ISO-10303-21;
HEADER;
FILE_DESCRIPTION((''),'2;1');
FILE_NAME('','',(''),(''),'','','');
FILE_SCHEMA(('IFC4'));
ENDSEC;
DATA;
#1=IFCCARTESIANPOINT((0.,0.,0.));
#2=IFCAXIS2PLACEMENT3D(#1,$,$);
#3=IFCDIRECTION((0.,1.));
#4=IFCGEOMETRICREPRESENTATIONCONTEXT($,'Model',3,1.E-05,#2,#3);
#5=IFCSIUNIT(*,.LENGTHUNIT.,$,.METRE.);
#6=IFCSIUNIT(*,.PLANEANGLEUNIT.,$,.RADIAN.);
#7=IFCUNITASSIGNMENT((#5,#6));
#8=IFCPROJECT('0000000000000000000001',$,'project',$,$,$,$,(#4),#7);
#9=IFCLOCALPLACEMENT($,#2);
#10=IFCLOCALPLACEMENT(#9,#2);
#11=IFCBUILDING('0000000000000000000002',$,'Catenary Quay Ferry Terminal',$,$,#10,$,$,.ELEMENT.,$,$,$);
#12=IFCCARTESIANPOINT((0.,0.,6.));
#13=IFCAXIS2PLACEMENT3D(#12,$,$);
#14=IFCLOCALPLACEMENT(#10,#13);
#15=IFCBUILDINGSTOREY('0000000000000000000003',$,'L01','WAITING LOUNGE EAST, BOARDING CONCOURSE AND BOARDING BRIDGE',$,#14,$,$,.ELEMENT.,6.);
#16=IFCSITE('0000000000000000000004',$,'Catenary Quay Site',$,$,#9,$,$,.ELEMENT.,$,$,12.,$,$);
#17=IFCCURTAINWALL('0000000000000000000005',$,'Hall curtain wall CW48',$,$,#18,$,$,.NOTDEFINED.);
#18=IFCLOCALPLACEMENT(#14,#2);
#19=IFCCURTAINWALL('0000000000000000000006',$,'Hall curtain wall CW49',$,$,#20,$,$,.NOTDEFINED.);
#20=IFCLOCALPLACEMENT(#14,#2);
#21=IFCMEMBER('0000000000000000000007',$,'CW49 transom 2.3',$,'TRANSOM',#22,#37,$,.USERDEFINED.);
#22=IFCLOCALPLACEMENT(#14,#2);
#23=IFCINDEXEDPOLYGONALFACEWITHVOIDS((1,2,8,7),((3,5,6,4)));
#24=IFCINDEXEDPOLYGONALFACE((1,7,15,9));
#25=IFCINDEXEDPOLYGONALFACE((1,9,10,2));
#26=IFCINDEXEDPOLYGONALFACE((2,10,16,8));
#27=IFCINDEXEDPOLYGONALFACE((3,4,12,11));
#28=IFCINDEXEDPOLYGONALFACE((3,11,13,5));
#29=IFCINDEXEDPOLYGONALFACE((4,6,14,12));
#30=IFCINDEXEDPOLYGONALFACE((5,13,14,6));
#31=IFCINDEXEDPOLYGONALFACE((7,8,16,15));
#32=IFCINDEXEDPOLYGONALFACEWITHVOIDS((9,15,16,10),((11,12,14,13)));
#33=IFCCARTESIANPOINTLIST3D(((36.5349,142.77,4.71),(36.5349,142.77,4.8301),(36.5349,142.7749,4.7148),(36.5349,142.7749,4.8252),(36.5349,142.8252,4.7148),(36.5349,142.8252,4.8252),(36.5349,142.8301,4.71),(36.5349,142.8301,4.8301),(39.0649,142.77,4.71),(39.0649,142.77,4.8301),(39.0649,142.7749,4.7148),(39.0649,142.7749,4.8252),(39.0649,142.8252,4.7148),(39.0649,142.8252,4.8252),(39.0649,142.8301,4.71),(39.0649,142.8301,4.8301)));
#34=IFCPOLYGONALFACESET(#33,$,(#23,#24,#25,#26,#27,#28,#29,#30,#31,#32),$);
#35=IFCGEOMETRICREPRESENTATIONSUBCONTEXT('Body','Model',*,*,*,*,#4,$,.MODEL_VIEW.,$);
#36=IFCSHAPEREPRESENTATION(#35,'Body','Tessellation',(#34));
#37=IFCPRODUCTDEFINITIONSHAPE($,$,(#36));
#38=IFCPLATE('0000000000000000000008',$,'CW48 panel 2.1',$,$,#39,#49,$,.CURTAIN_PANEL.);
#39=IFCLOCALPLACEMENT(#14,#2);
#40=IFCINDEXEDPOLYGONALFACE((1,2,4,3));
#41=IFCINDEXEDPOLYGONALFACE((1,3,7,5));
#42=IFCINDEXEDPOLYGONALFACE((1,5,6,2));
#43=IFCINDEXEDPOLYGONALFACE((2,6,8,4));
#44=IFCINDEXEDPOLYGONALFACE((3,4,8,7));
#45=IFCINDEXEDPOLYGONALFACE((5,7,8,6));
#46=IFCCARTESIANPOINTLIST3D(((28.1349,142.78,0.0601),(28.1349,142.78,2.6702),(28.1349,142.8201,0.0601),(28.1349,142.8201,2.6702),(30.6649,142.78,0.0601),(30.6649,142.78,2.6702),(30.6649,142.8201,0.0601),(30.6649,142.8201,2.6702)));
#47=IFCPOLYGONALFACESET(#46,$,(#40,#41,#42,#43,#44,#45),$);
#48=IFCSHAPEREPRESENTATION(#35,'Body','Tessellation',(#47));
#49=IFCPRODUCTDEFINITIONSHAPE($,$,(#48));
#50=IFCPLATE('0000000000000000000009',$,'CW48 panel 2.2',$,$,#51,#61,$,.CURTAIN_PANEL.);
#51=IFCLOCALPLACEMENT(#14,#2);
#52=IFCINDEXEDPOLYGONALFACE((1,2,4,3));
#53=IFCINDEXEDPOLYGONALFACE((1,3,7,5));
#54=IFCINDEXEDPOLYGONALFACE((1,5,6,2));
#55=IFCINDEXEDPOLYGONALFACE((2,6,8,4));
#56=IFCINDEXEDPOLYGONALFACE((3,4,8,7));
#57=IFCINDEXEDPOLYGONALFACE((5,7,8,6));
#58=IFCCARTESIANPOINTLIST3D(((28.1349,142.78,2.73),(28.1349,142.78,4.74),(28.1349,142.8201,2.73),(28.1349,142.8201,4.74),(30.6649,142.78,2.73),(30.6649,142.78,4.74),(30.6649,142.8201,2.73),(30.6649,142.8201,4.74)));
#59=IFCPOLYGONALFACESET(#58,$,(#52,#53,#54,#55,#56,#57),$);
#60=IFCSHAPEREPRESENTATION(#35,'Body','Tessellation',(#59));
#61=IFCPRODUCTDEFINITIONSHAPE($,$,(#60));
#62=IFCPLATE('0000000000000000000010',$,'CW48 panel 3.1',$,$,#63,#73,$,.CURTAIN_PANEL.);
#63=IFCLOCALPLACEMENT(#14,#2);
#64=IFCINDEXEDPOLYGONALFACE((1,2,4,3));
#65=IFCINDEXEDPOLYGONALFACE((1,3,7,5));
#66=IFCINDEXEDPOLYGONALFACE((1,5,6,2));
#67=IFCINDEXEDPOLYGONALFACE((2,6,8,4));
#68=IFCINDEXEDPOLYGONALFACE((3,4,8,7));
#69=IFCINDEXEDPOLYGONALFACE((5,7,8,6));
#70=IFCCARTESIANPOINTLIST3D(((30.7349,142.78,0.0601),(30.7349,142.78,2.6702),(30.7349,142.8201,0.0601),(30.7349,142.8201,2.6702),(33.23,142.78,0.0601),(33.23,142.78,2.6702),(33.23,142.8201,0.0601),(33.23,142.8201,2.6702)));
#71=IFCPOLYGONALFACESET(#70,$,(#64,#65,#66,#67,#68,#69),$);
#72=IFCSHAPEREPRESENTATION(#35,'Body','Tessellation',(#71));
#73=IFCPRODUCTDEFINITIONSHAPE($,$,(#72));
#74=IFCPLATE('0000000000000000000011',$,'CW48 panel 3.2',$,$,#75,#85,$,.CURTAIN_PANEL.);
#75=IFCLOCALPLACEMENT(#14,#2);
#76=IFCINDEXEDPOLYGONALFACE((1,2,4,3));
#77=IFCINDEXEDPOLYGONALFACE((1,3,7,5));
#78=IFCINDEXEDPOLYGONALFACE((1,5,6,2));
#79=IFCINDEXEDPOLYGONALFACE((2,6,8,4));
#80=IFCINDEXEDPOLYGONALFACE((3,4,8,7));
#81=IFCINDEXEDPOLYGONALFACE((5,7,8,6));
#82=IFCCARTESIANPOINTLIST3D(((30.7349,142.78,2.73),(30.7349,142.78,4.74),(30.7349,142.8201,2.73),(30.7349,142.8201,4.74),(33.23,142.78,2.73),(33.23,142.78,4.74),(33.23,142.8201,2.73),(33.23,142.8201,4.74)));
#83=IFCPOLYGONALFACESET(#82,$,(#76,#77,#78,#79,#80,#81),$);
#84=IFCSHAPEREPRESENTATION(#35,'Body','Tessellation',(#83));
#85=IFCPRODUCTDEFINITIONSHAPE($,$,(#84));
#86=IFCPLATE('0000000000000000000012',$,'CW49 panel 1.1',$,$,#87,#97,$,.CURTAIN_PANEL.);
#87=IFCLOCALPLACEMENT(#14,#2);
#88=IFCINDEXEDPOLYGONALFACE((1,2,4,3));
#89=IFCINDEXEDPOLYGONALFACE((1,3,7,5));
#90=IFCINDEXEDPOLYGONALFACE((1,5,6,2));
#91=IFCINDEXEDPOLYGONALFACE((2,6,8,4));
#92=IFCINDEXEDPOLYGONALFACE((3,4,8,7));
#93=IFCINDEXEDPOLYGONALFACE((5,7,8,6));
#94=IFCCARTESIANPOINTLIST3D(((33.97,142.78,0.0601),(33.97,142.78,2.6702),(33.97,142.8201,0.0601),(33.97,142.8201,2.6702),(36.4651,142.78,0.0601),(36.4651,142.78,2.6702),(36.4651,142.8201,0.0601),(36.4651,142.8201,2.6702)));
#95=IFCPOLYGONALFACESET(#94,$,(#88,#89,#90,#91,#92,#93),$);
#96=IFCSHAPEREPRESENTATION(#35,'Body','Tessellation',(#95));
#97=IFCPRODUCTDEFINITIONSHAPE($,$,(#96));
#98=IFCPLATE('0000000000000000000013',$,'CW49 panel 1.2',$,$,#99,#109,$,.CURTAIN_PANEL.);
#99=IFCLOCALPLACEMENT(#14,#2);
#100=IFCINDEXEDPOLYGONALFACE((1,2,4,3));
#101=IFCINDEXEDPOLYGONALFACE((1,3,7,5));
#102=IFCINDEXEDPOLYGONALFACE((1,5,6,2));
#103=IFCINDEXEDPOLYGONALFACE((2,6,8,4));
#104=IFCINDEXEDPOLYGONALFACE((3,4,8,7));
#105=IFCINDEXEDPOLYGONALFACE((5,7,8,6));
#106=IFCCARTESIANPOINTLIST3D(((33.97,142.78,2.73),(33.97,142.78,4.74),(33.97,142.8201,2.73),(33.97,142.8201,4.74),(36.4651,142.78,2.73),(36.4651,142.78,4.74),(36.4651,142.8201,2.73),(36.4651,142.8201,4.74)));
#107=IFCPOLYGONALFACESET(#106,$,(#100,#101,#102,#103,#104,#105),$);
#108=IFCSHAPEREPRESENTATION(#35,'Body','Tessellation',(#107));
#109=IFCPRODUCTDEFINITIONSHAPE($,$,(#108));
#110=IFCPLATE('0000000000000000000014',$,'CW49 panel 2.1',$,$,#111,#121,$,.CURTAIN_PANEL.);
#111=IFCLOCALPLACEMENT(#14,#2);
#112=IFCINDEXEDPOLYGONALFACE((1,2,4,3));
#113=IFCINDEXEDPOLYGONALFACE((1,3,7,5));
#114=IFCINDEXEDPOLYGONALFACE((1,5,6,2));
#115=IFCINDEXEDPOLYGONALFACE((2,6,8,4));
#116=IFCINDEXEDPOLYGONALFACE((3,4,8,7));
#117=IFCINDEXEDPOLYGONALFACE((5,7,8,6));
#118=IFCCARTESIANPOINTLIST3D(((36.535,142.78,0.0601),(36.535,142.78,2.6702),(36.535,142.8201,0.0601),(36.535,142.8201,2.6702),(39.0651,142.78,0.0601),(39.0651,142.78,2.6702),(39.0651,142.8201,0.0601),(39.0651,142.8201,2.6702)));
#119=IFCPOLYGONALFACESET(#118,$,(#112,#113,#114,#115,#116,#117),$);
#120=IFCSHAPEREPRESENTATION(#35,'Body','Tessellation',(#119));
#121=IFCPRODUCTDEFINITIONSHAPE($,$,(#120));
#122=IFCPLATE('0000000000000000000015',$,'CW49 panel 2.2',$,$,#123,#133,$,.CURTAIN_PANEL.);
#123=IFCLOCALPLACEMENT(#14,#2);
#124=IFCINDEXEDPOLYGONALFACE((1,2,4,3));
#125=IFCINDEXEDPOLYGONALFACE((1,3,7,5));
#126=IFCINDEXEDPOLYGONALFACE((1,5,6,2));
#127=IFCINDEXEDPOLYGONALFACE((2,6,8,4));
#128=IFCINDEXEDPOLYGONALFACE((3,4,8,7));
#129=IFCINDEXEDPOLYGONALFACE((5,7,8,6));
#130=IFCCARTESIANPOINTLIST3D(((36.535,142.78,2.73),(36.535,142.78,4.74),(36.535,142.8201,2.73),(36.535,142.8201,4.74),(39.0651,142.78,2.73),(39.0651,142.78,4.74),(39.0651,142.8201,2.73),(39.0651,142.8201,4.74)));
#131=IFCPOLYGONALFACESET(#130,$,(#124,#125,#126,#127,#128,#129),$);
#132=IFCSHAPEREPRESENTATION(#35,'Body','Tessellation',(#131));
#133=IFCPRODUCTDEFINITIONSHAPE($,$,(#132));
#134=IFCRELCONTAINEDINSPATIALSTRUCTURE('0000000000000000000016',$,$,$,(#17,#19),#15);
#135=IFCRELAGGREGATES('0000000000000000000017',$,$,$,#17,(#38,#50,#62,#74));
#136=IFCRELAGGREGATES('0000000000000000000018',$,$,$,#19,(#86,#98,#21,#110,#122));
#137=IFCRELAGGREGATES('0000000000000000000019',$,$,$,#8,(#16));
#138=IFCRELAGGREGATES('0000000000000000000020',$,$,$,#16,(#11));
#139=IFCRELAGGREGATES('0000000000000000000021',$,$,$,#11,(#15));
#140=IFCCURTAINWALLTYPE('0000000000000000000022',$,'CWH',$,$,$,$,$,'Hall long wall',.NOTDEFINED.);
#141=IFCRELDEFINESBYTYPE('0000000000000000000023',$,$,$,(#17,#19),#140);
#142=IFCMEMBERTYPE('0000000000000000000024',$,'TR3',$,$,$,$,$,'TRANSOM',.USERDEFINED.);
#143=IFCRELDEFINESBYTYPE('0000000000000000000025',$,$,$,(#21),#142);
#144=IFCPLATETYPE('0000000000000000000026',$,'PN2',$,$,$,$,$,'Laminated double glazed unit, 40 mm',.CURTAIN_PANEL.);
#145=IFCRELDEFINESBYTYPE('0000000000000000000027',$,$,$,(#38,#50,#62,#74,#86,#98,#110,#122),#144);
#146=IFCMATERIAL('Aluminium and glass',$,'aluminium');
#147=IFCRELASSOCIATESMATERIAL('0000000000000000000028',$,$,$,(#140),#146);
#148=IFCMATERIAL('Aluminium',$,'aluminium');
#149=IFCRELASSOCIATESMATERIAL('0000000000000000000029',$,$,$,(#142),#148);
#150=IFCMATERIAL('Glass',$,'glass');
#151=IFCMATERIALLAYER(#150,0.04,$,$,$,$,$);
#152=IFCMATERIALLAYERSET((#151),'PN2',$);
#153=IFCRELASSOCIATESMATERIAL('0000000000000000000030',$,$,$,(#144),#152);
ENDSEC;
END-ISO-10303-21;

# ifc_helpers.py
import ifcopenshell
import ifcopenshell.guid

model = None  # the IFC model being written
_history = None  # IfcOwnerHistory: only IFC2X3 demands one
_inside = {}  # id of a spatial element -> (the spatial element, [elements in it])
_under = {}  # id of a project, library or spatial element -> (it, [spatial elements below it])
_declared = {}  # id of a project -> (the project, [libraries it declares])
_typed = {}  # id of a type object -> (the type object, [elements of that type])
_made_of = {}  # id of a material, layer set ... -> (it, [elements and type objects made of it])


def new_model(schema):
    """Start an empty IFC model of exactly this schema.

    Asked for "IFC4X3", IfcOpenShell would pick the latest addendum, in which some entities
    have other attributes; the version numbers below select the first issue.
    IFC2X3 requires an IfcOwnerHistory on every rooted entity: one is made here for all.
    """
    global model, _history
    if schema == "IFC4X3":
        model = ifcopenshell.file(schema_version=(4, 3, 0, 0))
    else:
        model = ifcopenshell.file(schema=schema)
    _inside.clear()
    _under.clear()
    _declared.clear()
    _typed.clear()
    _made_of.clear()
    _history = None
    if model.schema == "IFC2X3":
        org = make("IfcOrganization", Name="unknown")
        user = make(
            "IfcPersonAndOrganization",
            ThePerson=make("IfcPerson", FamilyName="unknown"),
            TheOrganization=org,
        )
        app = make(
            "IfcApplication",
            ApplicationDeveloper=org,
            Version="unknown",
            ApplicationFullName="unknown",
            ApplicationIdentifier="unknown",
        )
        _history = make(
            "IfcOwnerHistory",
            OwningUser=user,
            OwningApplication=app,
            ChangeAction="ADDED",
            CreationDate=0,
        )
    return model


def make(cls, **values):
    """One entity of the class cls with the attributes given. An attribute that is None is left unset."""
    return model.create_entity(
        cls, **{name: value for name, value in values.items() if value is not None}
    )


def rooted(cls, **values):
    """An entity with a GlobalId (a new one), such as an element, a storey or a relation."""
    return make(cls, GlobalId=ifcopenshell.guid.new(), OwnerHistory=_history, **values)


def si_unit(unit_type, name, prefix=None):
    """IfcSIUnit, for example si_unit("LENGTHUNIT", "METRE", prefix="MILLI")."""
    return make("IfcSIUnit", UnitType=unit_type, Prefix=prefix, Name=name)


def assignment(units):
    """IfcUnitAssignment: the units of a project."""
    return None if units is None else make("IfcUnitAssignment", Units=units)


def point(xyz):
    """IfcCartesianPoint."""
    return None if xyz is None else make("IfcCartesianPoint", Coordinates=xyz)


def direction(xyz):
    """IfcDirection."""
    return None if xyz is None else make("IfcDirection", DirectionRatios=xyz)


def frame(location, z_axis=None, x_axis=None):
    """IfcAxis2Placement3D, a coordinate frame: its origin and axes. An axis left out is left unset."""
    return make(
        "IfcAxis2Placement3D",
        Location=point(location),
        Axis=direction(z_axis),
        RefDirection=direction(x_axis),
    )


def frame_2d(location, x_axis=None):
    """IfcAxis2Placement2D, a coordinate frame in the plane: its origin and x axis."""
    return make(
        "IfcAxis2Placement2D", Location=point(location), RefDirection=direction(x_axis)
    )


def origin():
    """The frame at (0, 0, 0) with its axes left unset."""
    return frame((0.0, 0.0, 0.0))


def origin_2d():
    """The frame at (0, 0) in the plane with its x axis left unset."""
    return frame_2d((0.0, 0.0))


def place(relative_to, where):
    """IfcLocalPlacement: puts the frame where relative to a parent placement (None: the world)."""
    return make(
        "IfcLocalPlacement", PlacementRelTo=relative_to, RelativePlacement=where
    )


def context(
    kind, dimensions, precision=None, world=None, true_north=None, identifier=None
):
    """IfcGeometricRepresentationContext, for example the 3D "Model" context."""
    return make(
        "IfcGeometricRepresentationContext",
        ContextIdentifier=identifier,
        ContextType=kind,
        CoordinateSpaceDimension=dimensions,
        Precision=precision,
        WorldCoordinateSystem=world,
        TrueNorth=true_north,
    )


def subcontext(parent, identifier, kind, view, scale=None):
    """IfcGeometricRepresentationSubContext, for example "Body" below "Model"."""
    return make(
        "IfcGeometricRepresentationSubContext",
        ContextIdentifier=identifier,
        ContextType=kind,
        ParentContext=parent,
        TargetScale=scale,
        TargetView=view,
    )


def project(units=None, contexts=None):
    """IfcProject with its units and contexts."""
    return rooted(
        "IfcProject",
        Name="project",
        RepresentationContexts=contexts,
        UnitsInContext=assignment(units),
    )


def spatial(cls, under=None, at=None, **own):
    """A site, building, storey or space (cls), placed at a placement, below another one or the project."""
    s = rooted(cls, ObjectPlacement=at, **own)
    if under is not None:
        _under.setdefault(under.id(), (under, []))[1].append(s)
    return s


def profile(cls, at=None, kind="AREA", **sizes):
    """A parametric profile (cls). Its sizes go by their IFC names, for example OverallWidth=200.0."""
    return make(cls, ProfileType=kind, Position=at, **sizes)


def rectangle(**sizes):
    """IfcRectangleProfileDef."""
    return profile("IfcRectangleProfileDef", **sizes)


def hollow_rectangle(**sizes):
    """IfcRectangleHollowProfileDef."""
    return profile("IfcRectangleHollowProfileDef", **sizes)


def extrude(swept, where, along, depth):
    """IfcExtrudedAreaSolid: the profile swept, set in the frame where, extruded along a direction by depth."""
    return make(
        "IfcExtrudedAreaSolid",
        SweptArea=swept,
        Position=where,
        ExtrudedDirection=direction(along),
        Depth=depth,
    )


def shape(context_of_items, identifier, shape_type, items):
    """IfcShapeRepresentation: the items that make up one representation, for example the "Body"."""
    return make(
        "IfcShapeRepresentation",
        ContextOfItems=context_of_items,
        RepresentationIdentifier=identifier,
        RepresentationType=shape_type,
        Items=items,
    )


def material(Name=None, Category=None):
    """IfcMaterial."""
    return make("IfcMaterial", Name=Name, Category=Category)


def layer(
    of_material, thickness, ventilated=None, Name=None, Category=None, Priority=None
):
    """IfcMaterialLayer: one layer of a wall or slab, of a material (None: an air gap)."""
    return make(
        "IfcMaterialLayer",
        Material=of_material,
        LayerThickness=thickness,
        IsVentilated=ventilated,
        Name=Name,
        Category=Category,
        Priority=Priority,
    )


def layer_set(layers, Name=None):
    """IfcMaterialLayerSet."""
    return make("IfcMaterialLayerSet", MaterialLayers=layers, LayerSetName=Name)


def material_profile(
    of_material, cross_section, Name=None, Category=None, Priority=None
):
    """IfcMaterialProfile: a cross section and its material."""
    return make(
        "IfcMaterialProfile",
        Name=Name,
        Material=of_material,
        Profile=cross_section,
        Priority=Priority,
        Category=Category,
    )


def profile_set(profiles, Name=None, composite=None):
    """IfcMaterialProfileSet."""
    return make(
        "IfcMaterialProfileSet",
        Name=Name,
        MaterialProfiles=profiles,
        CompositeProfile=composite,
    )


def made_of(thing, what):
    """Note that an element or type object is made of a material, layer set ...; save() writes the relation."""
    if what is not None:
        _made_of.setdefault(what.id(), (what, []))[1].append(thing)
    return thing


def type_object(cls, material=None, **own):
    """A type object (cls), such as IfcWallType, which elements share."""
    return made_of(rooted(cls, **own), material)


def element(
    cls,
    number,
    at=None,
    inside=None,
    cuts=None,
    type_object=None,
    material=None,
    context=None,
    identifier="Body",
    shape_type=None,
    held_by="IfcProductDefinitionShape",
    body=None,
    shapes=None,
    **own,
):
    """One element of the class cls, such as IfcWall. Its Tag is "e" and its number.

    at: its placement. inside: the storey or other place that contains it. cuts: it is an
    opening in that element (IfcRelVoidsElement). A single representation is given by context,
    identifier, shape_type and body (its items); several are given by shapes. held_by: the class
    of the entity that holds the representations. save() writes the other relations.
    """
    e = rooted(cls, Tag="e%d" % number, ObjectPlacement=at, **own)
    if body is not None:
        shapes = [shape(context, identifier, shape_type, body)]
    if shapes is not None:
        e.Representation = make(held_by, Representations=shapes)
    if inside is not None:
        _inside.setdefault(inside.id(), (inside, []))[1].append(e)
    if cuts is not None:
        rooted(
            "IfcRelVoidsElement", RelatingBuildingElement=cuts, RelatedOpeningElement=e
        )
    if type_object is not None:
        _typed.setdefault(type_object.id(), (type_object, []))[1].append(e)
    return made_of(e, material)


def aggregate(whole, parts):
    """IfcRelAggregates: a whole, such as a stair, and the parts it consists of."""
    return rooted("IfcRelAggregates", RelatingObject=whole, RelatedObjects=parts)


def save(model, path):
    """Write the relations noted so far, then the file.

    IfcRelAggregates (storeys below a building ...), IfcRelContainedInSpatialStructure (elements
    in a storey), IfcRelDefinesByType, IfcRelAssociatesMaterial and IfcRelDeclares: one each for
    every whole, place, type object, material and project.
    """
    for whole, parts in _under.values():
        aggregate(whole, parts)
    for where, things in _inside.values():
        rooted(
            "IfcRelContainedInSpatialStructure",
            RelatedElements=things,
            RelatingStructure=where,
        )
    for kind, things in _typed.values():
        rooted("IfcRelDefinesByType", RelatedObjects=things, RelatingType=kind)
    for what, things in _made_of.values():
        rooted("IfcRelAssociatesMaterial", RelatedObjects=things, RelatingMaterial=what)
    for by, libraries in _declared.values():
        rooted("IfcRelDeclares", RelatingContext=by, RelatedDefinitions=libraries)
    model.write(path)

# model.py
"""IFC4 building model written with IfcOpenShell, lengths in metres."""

from ifc_helpers import new_model, si_unit, direction, frame, origin, origin_2d, place, context, subcontext, project, spatial, rectangle, hollow_rectangle, extrude, material, layer, layer_set, material_profile, profile_set, type_object, element, aggregate, save


model = new_model("IFC4")

# Units and contexts
model_context = context("Model", 3, precision=1e-05, world=origin(), true_north=direction((0.0, 1.0)))
body_context = subcontext(model_context, "Body", "Model", "MODEL_VIEW")
ifc_project = project(units=[si_unit("LENGTHUNIT", "METRE"), si_unit("PLANEANGLEUNIT", "RADIAN")], contexts=[model_context])

# Site, building, storey
site_placement = place(None, origin())
site = spatial("IfcSite", under=ifc_project, at=site_placement, Name="Catenary Quay Site", CompositionType="ELEMENT", RefElevation=12.0)
building_placement = place(site_placement, origin())
building = spatial("IfcBuilding", under=site, at=building_placement, Name="Catenary Quay Ferry Terminal", CompositionType="ELEMENT")
storey_placement = place(building_placement, frame((0.0, 0.0, 6.0)))
storey = spatial("IfcBuildingStorey", under=building, at=storey_placement, Name="L01", Description="WAITING LOUNGE EAST, BOARDING CONCOURSE AND BOARDING BRIDGE", CompositionType="ELEMENT", Elevation=6.0)

# Curtain walls
ifc_material_1 = material(Name="Aluminium and glass", Category="aluminium")
curtain_wall_type = type_object("IfcCurtainWallType", Name="CWH", ElementType="Hall long wall", PredefinedType="NOTDEFINED", material=ifc_material_1)
curtain_wall_1_placement = place(storey_placement, origin())
curtain_wall_1 = element("IfcCurtainWall", 1, at=curtain_wall_1_placement, inside=storey, type_object=curtain_wall_type, Name="Hall curtain wall CW48", PredefinedType="NOTDEFINED")
curtain_wall_2_placement = place(storey_placement, origin())
curtain_wall_2 = element("IfcCurtainWall", 2, at=curtain_wall_2_placement, inside=storey, type_object=curtain_wall_type, Name="Hall curtain wall CW49", PredefinedType="NOTDEFINED")

# Member
ifc_material_2 = material(Name="Aluminium", Category="aluminium")
ifc_material_profile_1 = material_profile(ifc_material_2, hollow_rectangle(XDim=0.0601, YDim=0.1201, WallThickness=0.0049, at=origin_2d()), Name="TR3")
ifc_profile_set_1 = profile_set([ifc_material_profile_1], Name="Aluminium")
member_type_1 = type_object("IfcMemberType", Name="TR3", ElementType="TRANSOM", PredefinedType="USERDEFINED", material=ifc_profile_set_1)
member_1_placement = place(storey_placement, frame((36.5349, 142.8, 4.77), z_axis=(1.0, 0.0, 0.0), x_axis=(0.0, 1.0, 0.0)))
member_1 = element("IfcMember", 3, at=member_1_placement, type_object=member_type_1, Name="CW49 transom 2.3", ObjectType="TRANSOM", PredefinedType="USERDEFINED", context=body_context, shape_type="SweptSolid", body=[
    extrude(hollow_rectangle(XDim=0.0601, YDim=0.1201, WallThickness=0.0049, at=origin_2d()), origin(), (0.0, 0.0, 1.0), 2.53),
])

# Plates
ifc_material_3 = material(Name="Glass", Category="glass")
ifc_layer = layer(ifc_material_3, 0.04)
ifc_layer_set = layer_set([ifc_layer], Name="PN2")
plate_type = type_object("IfcPlateType", Name="PN2", ElementType="Laminated double glazed unit, 40 mm", PredefinedType="CURTAIN_PANEL", material=ifc_layer_set)
plate_1_placement = place(storey_placement, frame((29.3999, 142.8, 0.0601), z_axis=(0.0, 0.0, 1.0), x_axis=(1.0, 0.0, 0.0)))
plate_1 = element("IfcPlate", 4, at=plate_1_placement, type_object=plate_type, Name="CW48 panel 2.1", PredefinedType="CURTAIN_PANEL", context=body_context, shape_type="SweptSolid", body=[
    extrude(rectangle(XDim=2.53, YDim=0.04, at=origin_2d()), origin(), (0.0, 0.0, 1.0), 2.6101),
])
plate_2_placement = place(storey_placement, frame((29.3999, 142.8, 2.73), z_axis=(0.0, 0.0, 1.0), x_axis=(1.0, 0.0, 0.0)))
plate_2 = element("IfcPlate", 5, at=plate_2_placement, type_object=plate_type, Name="CW48 panel 2.2", PredefinedType="CURTAIN_PANEL", context=body_context, shape_type="SweptSolid", body=[
    extrude(rectangle(XDim=2.53, YDim=0.04, at=origin_2d()), origin(), (0.0, 0.0, 1.0), 2.01),
])
plate_3_placement = place(storey_placement, frame((31.9824, 142.8, 0.0601), z_axis=(0.0, 0.0, 1.0), x_axis=(1.0, 0.0, 0.0)))
plate_3 = element("IfcPlate", 6, at=plate_3_placement, type_object=plate_type, Name="CW48 panel 3.1", PredefinedType="CURTAIN_PANEL", context=body_context, shape_type="SweptSolid", body=[
    extrude(rectangle(XDim=2.4951, YDim=0.04, at=origin_2d()), origin(), (0.0, 0.0, 1.0), 2.6101),
])
plate_4_placement = place(storey_placement, frame((31.9824, 142.8, 2.73), z_axis=(0.0, 0.0, 1.0), x_axis=(1.0, 0.0, 0.0)))
plate_4 = element("IfcPlate", 7, at=plate_4_placement, type_object=plate_type, Name="CW48 panel 3.2", PredefinedType="CURTAIN_PANEL", context=body_context, shape_type="SweptSolid", body=[
    extrude(rectangle(XDim=2.4951, YDim=0.04, at=origin_2d()), origin(), (0.0, 0.0, 1.0), 2.01),
])
aggregate(curtain_wall_1, [plate_1, plate_2, plate_3, plate_4])
plate_5_placement = place(storey_placement, frame((35.2175, 142.8, 0.0601), z_axis=(0.0, 0.0, 1.0), x_axis=(1.0, 0.0, 0.0)))
plate_5 = element("IfcPlate", 8, at=plate_5_placement, type_object=plate_type, Name="CW49 panel 1.1", PredefinedType="CURTAIN_PANEL", context=body_context, shape_type="SweptSolid", body=[
    extrude(rectangle(XDim=2.4951, YDim=0.04, at=origin_2d()), origin(), (0.0, 0.0, 1.0), 2.6101),
])
plate_6_placement = place(storey_placement, frame((35.2175, 142.8, 2.73), z_axis=(0.0, 0.0, 1.0), x_axis=(1.0, 0.0, 0.0)))
plate_6 = element("IfcPlate", 9, at=plate_6_placement, type_object=plate_type, Name="CW49 panel 1.2", PredefinedType="CURTAIN_PANEL", context=body_context, shape_type="SweptSolid", body=[
    extrude(rectangle(XDim=2.4951, YDim=0.04, at=origin_2d()), origin(), (0.0, 0.0, 1.0), 2.01),
])
plate_7_placement = place(storey_placement, frame((37.8, 142.8, 0.0601), z_axis=(0.0, 0.0, 1.0), x_axis=(1.0, 0.0, 0.0)))
plate_7 = element("IfcPlate", 10, at=plate_7_placement, type_object=plate_type, Name="CW49 panel 2.1", PredefinedType="CURTAIN_PANEL", context=body_context, shape_type="SweptSolid", body=[
    extrude(rectangle(XDim=2.53, YDim=0.04, at=origin_2d()), origin(), (0.0, 0.0, 1.0), 2.6101),
])
plate_8_placement = place(storey_placement, frame((37.8, 142.8, 2.73), z_axis=(0.0, 0.0, 1.0), x_axis=(1.0, 0.0, 0.0)))
plate_8 = element("IfcPlate", 11, at=plate_8_placement, type_object=plate_type, Name="CW49 panel 2.2", PredefinedType="CURTAIN_PANEL", context=body_context, shape_type="SweptSolid", body=[
    extrude(rectangle(XDim=2.53, YDim=0.04, at=origin_2d()), origin(), (0.0, 0.0, 1.0), 2.01),
])
aggregate(curtain_wall_2, [plate_5, plate_6, member_1, plate_7, plate_8])

save(model, "model.ifc")
